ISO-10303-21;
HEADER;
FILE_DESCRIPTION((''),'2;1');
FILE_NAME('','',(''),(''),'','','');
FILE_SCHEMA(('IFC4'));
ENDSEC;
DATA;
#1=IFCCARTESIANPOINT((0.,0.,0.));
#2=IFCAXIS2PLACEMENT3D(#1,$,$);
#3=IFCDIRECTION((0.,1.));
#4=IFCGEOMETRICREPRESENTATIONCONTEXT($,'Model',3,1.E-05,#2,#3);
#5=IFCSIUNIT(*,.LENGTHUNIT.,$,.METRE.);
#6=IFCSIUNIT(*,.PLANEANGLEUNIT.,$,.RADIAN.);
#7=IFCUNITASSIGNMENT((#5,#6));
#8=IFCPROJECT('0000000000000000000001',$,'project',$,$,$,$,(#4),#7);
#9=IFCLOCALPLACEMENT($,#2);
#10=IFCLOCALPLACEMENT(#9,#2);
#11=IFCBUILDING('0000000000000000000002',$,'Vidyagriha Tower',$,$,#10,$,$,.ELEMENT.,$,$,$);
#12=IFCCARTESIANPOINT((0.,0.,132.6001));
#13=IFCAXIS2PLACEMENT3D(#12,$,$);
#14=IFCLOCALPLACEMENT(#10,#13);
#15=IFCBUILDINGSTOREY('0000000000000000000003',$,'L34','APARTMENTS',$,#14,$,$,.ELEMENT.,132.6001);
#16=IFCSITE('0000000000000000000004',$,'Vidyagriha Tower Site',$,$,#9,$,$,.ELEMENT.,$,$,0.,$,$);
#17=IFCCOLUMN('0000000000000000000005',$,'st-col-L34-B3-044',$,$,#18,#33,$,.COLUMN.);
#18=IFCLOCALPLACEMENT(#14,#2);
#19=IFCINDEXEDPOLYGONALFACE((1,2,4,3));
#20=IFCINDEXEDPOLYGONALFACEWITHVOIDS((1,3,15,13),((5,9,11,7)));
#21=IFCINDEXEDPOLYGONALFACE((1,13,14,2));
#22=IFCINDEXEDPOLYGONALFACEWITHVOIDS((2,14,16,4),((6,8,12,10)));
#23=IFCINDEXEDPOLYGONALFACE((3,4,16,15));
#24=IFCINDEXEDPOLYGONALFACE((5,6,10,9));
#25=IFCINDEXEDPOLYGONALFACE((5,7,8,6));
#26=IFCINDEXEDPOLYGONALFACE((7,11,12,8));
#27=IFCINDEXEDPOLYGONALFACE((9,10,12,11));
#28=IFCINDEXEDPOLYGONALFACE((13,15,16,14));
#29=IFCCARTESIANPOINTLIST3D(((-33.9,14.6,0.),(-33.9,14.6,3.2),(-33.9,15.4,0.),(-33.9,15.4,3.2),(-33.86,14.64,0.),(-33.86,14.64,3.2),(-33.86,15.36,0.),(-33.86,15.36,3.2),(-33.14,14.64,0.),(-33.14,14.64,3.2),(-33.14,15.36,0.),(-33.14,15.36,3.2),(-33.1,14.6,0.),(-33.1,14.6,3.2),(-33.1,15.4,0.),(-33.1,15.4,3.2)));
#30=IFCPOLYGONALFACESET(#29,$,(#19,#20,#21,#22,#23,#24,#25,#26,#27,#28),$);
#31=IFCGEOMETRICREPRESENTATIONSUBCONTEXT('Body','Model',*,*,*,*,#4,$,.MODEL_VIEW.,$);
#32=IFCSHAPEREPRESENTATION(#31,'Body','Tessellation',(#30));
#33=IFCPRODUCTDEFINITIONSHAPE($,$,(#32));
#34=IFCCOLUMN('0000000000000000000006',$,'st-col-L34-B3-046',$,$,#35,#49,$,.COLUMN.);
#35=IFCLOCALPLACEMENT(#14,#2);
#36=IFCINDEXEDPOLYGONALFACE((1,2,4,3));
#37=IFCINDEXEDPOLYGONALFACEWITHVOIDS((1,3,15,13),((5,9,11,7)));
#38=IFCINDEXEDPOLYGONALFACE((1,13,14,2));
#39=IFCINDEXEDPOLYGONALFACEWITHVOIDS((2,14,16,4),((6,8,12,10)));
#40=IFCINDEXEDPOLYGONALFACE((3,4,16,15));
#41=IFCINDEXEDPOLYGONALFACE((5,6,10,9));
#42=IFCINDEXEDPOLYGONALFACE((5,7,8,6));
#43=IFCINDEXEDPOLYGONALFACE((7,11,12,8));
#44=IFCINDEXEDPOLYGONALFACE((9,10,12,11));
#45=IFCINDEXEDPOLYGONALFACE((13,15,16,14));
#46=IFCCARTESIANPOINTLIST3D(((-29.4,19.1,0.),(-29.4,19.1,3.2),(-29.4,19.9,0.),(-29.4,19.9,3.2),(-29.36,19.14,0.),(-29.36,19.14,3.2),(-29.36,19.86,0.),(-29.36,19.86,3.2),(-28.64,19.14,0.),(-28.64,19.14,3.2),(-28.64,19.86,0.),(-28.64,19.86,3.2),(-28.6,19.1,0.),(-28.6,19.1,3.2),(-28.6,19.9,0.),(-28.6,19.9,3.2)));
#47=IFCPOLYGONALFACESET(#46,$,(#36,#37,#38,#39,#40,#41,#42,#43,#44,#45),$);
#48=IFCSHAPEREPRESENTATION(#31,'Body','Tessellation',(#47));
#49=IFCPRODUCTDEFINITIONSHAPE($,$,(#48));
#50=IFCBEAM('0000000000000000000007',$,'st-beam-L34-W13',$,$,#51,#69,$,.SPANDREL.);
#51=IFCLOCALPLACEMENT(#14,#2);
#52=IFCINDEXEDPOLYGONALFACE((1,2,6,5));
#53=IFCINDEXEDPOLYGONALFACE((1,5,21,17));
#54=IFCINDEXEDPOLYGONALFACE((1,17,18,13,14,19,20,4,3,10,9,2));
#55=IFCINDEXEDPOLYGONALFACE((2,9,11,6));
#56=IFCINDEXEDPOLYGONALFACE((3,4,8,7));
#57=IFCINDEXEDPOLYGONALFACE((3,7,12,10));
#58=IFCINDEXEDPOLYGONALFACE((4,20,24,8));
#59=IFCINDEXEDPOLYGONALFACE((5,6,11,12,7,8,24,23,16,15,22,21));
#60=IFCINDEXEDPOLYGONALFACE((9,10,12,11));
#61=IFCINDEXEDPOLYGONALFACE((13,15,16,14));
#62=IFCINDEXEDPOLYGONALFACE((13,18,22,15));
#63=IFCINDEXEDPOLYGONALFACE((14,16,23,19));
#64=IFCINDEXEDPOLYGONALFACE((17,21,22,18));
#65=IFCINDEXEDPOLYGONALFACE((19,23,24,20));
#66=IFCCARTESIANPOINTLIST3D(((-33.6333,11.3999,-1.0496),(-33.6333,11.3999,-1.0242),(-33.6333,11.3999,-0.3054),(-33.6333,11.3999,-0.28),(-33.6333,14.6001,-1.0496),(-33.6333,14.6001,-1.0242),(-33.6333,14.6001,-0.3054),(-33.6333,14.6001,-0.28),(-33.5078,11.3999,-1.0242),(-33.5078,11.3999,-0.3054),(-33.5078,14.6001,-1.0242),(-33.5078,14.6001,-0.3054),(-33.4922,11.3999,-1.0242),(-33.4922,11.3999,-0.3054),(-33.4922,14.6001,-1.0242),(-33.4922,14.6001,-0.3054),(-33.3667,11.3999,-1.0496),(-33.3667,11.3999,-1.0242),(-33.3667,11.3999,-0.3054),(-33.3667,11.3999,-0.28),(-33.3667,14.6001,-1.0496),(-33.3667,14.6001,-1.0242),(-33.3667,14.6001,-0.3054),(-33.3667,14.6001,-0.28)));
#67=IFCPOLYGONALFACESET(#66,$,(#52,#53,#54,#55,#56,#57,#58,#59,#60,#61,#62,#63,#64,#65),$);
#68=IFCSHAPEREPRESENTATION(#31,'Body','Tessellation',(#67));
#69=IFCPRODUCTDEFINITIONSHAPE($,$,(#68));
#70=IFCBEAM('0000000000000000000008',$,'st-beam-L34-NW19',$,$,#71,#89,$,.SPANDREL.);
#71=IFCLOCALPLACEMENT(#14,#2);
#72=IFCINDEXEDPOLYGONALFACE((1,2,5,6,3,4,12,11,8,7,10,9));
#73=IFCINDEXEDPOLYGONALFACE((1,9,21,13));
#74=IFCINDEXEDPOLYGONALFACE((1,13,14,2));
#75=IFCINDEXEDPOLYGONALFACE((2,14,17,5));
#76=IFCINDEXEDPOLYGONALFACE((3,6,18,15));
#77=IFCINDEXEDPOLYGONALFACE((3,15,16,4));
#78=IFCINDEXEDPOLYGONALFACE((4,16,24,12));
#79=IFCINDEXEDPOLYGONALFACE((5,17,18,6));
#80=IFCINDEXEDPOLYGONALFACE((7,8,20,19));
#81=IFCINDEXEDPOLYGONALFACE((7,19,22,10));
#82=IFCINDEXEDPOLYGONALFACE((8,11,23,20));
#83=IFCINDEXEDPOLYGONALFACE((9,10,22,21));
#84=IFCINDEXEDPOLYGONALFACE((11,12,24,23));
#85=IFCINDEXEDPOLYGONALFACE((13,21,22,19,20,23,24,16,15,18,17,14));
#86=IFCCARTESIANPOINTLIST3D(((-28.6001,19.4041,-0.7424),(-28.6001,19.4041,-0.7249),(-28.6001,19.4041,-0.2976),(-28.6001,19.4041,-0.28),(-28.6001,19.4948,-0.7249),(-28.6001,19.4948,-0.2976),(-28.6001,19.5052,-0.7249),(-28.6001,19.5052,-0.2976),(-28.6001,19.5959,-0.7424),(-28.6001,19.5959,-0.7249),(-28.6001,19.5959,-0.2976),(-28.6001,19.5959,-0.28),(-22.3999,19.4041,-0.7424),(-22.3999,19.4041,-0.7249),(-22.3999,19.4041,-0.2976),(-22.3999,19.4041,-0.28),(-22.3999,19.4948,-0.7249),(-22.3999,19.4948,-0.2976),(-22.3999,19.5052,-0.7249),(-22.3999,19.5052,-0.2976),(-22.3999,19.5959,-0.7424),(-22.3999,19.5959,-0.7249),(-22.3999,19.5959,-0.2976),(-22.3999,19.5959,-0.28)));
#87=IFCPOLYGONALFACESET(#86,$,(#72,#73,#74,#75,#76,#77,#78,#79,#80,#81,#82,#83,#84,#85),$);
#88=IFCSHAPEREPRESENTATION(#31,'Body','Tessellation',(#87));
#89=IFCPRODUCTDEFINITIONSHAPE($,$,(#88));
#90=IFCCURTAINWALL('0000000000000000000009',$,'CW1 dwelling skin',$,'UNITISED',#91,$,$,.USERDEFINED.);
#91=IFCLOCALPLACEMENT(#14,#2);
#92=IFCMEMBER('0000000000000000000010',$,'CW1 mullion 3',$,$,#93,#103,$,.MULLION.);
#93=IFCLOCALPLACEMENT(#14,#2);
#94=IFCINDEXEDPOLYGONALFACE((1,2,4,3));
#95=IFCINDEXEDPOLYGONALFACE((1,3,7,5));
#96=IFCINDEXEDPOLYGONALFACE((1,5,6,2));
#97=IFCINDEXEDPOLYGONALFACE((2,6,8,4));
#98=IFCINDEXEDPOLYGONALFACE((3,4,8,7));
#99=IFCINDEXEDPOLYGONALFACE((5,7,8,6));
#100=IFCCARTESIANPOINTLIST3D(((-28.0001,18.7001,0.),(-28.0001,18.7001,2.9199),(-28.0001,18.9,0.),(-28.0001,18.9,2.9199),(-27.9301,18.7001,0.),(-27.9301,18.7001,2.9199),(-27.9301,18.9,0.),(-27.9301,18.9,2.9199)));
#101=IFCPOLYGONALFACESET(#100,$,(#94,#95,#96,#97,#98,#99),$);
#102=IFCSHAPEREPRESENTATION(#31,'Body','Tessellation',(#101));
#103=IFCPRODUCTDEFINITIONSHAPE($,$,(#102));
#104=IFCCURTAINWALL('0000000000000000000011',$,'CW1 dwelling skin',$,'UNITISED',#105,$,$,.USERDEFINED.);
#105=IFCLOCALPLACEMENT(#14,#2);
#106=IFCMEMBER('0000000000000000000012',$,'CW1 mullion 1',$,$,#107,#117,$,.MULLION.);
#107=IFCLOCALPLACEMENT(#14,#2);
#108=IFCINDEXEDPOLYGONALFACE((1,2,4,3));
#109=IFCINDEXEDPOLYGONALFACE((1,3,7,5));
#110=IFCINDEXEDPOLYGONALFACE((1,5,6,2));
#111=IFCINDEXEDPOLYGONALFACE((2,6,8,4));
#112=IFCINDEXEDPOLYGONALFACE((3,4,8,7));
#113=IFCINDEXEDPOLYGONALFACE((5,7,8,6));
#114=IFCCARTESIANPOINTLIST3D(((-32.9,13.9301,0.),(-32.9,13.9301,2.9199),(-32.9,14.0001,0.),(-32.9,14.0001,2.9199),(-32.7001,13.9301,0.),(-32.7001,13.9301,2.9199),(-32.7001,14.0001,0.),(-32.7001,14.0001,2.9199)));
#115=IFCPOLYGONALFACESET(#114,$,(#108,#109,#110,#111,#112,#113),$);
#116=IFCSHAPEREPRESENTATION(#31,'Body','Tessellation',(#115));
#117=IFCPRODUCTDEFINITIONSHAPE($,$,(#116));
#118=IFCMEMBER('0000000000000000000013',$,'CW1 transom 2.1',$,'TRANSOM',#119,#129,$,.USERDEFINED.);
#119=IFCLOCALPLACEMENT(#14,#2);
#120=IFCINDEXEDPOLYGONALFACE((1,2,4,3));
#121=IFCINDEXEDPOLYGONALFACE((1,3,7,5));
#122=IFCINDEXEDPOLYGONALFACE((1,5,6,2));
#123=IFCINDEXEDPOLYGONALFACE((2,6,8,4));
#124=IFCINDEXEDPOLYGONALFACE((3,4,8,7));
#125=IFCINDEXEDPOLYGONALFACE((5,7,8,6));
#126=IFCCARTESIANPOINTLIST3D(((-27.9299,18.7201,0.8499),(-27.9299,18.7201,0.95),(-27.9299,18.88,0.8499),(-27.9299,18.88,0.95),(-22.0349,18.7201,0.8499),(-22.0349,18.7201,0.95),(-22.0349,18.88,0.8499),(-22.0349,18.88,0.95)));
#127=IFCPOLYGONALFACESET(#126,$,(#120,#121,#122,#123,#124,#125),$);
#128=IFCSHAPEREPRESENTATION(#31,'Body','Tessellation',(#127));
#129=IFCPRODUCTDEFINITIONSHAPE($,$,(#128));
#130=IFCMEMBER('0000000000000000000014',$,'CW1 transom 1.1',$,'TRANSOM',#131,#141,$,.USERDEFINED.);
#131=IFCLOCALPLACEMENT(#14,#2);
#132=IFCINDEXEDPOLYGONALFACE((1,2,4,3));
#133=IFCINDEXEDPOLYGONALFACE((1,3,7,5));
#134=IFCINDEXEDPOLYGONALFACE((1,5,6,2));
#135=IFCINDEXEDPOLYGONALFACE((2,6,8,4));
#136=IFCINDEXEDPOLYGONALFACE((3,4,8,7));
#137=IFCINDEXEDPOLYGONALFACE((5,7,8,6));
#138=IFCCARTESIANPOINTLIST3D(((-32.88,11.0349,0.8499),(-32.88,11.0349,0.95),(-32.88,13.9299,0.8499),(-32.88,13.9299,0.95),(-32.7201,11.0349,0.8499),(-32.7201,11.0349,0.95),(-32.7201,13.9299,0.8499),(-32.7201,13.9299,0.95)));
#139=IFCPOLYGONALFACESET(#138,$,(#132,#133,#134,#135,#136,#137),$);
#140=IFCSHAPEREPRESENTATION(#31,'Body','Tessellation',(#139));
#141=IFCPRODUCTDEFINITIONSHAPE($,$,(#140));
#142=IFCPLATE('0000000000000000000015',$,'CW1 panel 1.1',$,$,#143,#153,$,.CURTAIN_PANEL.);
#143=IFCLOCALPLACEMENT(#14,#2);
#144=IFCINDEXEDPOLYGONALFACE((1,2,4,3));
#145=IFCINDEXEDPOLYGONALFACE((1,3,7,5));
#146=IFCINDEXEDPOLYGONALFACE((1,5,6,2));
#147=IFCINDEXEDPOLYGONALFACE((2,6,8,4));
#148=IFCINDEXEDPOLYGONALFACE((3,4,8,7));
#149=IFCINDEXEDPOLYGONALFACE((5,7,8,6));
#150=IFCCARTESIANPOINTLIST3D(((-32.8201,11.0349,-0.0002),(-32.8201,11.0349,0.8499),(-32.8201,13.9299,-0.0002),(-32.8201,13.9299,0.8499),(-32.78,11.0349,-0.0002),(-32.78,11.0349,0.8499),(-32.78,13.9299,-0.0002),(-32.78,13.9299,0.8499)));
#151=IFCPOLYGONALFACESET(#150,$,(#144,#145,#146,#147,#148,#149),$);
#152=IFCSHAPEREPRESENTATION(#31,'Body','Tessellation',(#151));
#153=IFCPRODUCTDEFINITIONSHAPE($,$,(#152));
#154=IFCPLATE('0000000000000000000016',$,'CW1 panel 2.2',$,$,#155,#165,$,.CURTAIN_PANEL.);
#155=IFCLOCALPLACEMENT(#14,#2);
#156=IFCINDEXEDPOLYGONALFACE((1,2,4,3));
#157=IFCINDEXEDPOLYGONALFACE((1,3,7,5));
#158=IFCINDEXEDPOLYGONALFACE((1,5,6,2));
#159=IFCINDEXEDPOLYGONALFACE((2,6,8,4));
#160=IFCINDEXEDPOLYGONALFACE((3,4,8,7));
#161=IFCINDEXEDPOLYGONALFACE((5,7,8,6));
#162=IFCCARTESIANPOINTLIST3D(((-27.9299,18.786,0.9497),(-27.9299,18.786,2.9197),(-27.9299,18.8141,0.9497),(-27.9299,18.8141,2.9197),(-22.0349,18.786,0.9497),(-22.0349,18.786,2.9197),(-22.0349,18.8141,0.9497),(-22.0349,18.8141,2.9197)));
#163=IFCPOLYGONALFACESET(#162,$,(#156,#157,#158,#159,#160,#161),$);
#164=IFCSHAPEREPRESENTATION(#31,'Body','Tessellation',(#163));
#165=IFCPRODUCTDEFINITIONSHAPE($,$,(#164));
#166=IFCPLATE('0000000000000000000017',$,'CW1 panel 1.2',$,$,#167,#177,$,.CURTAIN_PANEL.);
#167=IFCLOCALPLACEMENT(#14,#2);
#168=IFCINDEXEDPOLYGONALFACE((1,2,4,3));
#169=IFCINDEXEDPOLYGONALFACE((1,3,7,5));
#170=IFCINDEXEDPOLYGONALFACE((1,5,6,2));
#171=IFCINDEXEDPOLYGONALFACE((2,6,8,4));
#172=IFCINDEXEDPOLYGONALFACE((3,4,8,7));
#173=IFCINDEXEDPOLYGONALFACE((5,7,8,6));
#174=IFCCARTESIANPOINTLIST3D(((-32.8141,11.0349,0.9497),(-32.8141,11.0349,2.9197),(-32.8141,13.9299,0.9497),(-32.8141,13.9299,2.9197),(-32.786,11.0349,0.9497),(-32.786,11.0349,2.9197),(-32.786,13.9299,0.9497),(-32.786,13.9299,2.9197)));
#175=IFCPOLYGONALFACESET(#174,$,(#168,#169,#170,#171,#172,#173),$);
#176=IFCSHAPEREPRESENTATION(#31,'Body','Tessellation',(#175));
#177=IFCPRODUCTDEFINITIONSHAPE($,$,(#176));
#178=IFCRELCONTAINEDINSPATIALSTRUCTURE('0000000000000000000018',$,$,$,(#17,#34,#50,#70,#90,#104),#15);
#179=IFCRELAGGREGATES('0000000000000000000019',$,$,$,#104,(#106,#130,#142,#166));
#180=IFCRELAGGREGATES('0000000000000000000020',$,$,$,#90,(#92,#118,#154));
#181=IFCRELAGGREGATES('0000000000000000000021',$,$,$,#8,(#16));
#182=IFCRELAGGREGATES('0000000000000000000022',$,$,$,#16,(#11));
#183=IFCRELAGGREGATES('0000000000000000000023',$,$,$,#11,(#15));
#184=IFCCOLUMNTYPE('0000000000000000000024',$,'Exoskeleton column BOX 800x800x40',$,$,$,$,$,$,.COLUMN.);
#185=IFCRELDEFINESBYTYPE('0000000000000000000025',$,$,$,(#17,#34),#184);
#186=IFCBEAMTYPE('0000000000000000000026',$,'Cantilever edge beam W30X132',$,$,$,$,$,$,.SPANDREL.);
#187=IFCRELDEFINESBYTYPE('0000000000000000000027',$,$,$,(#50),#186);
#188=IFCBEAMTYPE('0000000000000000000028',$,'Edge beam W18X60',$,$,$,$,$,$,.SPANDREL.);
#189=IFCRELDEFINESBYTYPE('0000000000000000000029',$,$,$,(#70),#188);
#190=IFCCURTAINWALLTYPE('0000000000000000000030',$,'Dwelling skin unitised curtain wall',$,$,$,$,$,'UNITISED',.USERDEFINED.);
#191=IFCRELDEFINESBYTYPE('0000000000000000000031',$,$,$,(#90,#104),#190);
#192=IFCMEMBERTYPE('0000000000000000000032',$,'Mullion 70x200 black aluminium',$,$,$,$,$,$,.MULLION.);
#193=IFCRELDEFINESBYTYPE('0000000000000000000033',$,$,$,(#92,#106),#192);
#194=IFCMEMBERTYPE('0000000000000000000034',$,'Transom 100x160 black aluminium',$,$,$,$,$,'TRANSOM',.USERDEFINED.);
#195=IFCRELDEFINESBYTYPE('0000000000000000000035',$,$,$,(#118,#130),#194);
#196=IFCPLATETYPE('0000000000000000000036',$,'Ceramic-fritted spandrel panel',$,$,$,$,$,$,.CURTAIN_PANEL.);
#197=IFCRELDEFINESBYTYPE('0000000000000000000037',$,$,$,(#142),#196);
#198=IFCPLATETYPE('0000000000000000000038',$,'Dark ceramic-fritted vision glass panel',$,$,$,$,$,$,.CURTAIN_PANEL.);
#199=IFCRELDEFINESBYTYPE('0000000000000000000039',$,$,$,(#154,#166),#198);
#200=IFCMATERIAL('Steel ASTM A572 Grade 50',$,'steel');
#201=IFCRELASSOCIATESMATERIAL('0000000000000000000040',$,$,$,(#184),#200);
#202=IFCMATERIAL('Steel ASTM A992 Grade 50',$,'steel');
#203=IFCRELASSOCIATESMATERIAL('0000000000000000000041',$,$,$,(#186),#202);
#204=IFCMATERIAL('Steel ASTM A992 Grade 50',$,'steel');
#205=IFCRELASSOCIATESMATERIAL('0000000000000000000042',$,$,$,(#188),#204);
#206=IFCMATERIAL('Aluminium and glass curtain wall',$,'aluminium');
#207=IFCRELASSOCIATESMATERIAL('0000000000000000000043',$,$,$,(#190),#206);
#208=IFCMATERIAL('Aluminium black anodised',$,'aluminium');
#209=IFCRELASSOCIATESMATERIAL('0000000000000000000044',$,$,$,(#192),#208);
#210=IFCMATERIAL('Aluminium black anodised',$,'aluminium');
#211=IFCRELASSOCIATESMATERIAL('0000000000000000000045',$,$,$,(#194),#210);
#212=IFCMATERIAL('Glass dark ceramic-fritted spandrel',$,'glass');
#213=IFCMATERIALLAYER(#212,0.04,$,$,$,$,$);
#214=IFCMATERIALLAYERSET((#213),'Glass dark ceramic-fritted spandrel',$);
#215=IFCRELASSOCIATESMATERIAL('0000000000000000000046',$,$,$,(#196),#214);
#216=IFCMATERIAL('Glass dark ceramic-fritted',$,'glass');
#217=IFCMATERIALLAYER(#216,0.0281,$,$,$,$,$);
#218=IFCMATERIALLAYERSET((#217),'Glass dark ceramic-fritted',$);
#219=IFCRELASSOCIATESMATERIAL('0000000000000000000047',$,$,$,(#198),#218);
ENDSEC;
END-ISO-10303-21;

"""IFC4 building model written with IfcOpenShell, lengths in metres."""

from ifc_helpers import new_model, si_unit, direction, frame, origin, origin_2d, place, context, subcontext, project, spatial, rectangle, hollow_rectangle, i_section, extrude, material, layer, layer_set, material_profile, profile_set, type_object, element, aggregate, save


model = new_model("IFC4")

# Units and contexts
model_context = context("Model", 3, precision=1e-05, world=origin(), true_north=direction((0.0, 1.0)))
body_context = subcontext(model_context, "Body", "Model", "MODEL_VIEW")
ifc_project = project(units=[si_unit("LENGTHUNIT", "METRE"), si_unit("PLANEANGLEUNIT", "RADIAN")], contexts=[model_context])

# Site, building, storey
site_placement = place(None, origin())
site = spatial("IfcSite", under=ifc_project, at=site_placement, Name="Vidyagriha Tower Site", CompositionType="ELEMENT", RefElevation=0.0)
building_placement = place(site_placement, origin())
building = spatial("IfcBuilding", under=site, at=building_placement, Name="Vidyagriha Tower", CompositionType="ELEMENT")
storey_placement = place(building_placement, frame((0.0, 0.0, 132.6001)))
storey = spatial("IfcBuildingStorey", under=building, at=storey_placement, Name="L34", Description="APARTMENTS", CompositionType="ELEMENT", Elevation=132.6001)

# Columns
ifc_material_1 = material(Name="Steel ASTM A572 Grade 50", Category="steel")
ifc_material_profile_1 = material_profile(ifc_material_1, hollow_rectangle(XDim=0.8, YDim=0.8, WallThickness=0.04, at=origin_2d()), Name="BOX 800x800x40")
ifc_profile_set_1 = profile_set([ifc_material_profile_1], Name="Steel ASTM A572 Grade 50")
column_type = type_object("IfcColumnType", Name="Exoskeleton column BOX 800x800x40", PredefinedType="COLUMN", material=ifc_profile_set_1)
for number, where, name in (
    (1, (-33.5, 15.0, 0.0), "st-col-L34-B3-044"),
    (2, (-29.0, 19.5, 0.0), "st-col-L34-B3-046"),
):
    element("IfcColumn", number, at=place(storey_placement, frame(where)), inside=storey, type_object=column_type, Name=name, PredefinedType="COLUMN", context=body_context, shape_type="SweptSolid", body=[
        extrude(hollow_rectangle(XDim=0.8, YDim=0.8, WallThickness=0.04, at=origin_2d()), origin(), (0.0, 0.0, 1.0), 3.2),
    ])

# Beams
ifc_material_2 = material(Name="Steel ASTM A992 Grade 50", Category="steel")
ifc_material_profile_2 = material_profile(ifc_material_2, i_section(OverallWidth=0.2666, OverallDepth=0.7695, WebThickness=0.0156, FlangeThickness=0.0254, at=origin_2d()), Name="W30X132")
ifc_profile_set_2 = profile_set([ifc_material_profile_2], Name="Steel ASTM A992 Grade 50")
beam_type_1 = type_object("IfcBeamType", Name="Cantilever edge beam W30X132", PredefinedType="SPANDREL", material=ifc_profile_set_2)
beam_1_placement = place(storey_placement, frame((-33.5, 11.3999, -0.6648), z_axis=(0.0, 1.0, 0.0), x_axis=(-1.0, 0.0, 0.0)))
element("IfcBeam", 3, at=beam_1_placement, inside=storey, type_object=beam_type_1, Name="st-beam-L34-W13", PredefinedType="SPANDREL", context=body_context, shape_type="SweptSolid", body=[
    extrude(i_section(OverallWidth=0.2666, OverallDepth=0.7695, WebThickness=0.0156, FlangeThickness=0.0254, at=origin_2d()), origin(), (0.0, 0.0, 1.0), 3.2002),
])
ifc_material_3 = material(Name="Steel ASTM A992 Grade 50", Category="steel")
ifc_material_profile_3 = material_profile(ifc_material_3, i_section(OverallWidth=0.1919, OverallDepth=0.4624, WebThickness=0.0105, FlangeThickness=0.0176, at=origin_2d()), Name="W18X60")
ifc_profile_set_3 = profile_set([ifc_material_profile_3], Name="Steel ASTM A992 Grade 50")
beam_type_2 = type_object("IfcBeamType", Name="Edge beam W18X60", PredefinedType="SPANDREL", material=ifc_profile_set_3)
beam_2_placement = place(storey_placement, frame((-28.6001, 19.5, -0.5112), z_axis=(1.0, 0.0, 0.0), x_axis=(0.0, 1.0, 0.0)))
element("IfcBeam", 4, at=beam_2_placement, inside=storey, type_object=beam_type_2, Name="st-beam-L34-NW19", PredefinedType="SPANDREL", context=body_context, shape_type="SweptSolid", body=[
    extrude(i_section(OverallWidth=0.1919, OverallDepth=0.4624, WebThickness=0.0105, FlangeThickness=0.0176, at=origin_2d()), origin(), (0.0, 0.0, 1.0), 6.2002),
])

# Curtain walls, members
ifc_material_4 = material(Name="Aluminium and glass curtain wall", Category="aluminium")
curtain_wall_type = type_object("IfcCurtainWallType", Name="Dwelling skin unitised curtain wall", ElementType="UNITISED", PredefinedType="USERDEFINED", material=ifc_material_4)
curtain_wall_1_placement = place(storey_placement, origin())
curtain_wall_1 = element("IfcCurtainWall", 5, at=curtain_wall_1_placement, inside=storey, type_object=curtain_wall_type, Name="CW1 dwelling skin", ObjectType="UNITISED", PredefinedType="USERDEFINED")
ifc_material_5 = material(Name="Aluminium black anodised", Category="aluminium")
ifc_material_profile_4 = material_profile(ifc_material_5, rectangle(XDim=0.2, YDim=0.0701, at=origin_2d()), Name="Mullion 70x200 black aluminium")
ifc_profile_set_4 = profile_set([ifc_material_profile_4], Name="Aluminium black anodised")
member_type_1 = type_object("IfcMemberType", Name="Mullion 70x200 black aluminium", PredefinedType="MULLION", material=ifc_profile_set_4)
member_1_placement = place(storey_placement, frame((-27.9651, 18.8, 0.0), z_axis=(0.0, 0.0, 1.0), x_axis=(0.0, -1.0, 0.0)))
member_1 = element("IfcMember", 6, at=member_1_placement, type_object=member_type_1, Name="CW1 mullion 3", PredefinedType="MULLION", context=body_context, shape_type="SweptSolid", body=[
    extrude(rectangle(XDim=0.2, YDim=0.0701, at=origin_2d()), origin(), (0.0, 0.0, 1.0), 2.9199),
])
curtain_wall_2_placement = place(storey_placement, origin())
curtain_wall_2 = element("IfcCurtainWall", 7, at=curtain_wall_2_placement, inside=storey, type_object=curtain_wall_type, Name="CW1 dwelling skin", ObjectType="UNITISED", PredefinedType="USERDEFINED")
member_2_placement = place(storey_placement, frame((-32.8, 13.9651, 0.0)))
member_2 = element("IfcMember", 8, at=member_2_placement, type_object=member_type_1, Name="CW1 mullion 1", PredefinedType="MULLION", context=body_context, shape_type="SweptSolid", body=[
    extrude(rectangle(XDim=0.2, YDim=0.0701, at=origin_2d()), origin(), (0.0, 0.0, 1.0), 2.9199),
])

# Members
ifc_material_6 = material(Name="Aluminium black anodised", Category="aluminium")
ifc_material_profile_5 = material_profile(ifc_material_6, rectangle(XDim=0.1599, YDim=0.1001, at=origin_2d()), Name="Transom 100x160 black aluminium")
ifc_profile_set_5 = profile_set([ifc_material_profile_5], Name="Aluminium black anodised")
member_type_2 = type_object("IfcMemberType", Name="Transom 100x160 black aluminium", ElementType="TRANSOM", PredefinedType="USERDEFINED", material=ifc_profile_set_5)
member_3_placement = place(storey_placement, frame((-22.0349, 18.8, 0.8999), z_axis=(-1.0, 0.0, 0.0), x_axis=(0.0, -1.0, 0.0)))
member_3 = element("IfcMember", 9, at=member_3_placement, type_object=member_type_2, Name="CW1 transom 2.1", ObjectType="TRANSOM", PredefinedType="USERDEFINED", context=body_context, shape_type="SweptSolid", body=[
    extrude(rectangle(XDim=0.1599, YDim=0.1001, at=origin_2d()), origin(), (0.0, 0.0, 1.0), 5.895),
])
member_4_placement = place(storey_placement, frame((-32.8, 13.9299, 0.8999), z_axis=(0.0, -1.0, 0.0), x_axis=(1.0, 0.0, 0.0)))
member_4 = element("IfcMember", 10, at=member_4_placement, type_object=member_type_2, Name="CW1 transom 1.1", ObjectType="TRANSOM", PredefinedType="USERDEFINED", context=body_context, shape_type="SweptSolid", body=[
    extrude(rectangle(XDim=0.1599, YDim=0.1001, at=origin_2d()), origin(), (0.0, 0.0, 1.0), 2.895),
])

# Plates
ifc_material_7 = material(Name="Glass dark ceramic-fritted spandrel", Category="glass")
ifc_layer_1 = layer(ifc_material_7, 0.04)
ifc_layer_set_1 = layer_set([ifc_layer_1], Name="Glass dark ceramic-fritted spandrel")
plate_type_1 = type_object("IfcPlateType", Name="Ceramic-fritted spandrel panel", PredefinedType="CURTAIN_PANEL", material=ifc_layer_set_1)
plate_1_placement = place(storey_placement, frame((-32.8, 12.4824, -0.0002), z_axis=(0.0, 0.0, 1.0), x_axis=(0.0, -1.0, 0.0)))
plate_1 = element("IfcPlate", 11, at=plate_1_placement, type_object=plate_type_1, Name="CW1 panel 1.1", PredefinedType="CURTAIN_PANEL", context=body_context, shape_type="SweptSolid", body=[
    extrude(rectangle(XDim=2.895, YDim=0.04, at=origin_2d()), origin(), (0.0, 0.0, 1.0), 0.8501),
])
ifc_material_8 = material(Name="Glass dark ceramic-fritted", Category="glass")
ifc_layer_2 = layer(ifc_material_8, 0.0281)
ifc_layer_set_2 = layer_set([ifc_layer_2], Name="Glass dark ceramic-fritted")
plate_type_2 = type_object("IfcPlateType", Name="Dark ceramic-fritted vision glass panel", PredefinedType="CURTAIN_PANEL", material=ifc_layer_set_2)
plate_2_placement = place(storey_placement, frame((-24.9824, 18.8, 0.9497), z_axis=(0.0, 0.0, 1.0), x_axis=(-1.0, 0.0, 0.0)))
plate_2 = element("IfcPlate", 12, at=plate_2_placement, type_object=plate_type_2, Name="CW1 panel 2.2", PredefinedType="CURTAIN_PANEL", context=body_context, shape_type="SweptSolid", body=[
    extrude(rectangle(XDim=5.895, YDim=0.0281, at=origin_2d()), origin(), (0.0, 0.0, 1.0), 1.97),
])
plate_3_placement = place(storey_placement, frame((-32.8, 12.4824, 0.9497), z_axis=(0.0, 0.0, 1.0), x_axis=(0.0, -1.0, 0.0)))
plate_3 = element("IfcPlate", 13, at=plate_3_placement, type_object=plate_type_2, Name="CW1 panel 1.2", PredefinedType="CURTAIN_PANEL", context=body_context, shape_type="SweptSolid", body=[
    extrude(rectangle(XDim=2.895, YDim=0.0281, at=origin_2d()), origin(), (0.0, 0.0, 1.0), 1.97),
])
aggregate(curtain_wall_2, [member_2, member_4, plate_1, plate_3])
aggregate(curtain_wall_1, [member_1, member_3, plate_2])

save(model, "model.ifc")
